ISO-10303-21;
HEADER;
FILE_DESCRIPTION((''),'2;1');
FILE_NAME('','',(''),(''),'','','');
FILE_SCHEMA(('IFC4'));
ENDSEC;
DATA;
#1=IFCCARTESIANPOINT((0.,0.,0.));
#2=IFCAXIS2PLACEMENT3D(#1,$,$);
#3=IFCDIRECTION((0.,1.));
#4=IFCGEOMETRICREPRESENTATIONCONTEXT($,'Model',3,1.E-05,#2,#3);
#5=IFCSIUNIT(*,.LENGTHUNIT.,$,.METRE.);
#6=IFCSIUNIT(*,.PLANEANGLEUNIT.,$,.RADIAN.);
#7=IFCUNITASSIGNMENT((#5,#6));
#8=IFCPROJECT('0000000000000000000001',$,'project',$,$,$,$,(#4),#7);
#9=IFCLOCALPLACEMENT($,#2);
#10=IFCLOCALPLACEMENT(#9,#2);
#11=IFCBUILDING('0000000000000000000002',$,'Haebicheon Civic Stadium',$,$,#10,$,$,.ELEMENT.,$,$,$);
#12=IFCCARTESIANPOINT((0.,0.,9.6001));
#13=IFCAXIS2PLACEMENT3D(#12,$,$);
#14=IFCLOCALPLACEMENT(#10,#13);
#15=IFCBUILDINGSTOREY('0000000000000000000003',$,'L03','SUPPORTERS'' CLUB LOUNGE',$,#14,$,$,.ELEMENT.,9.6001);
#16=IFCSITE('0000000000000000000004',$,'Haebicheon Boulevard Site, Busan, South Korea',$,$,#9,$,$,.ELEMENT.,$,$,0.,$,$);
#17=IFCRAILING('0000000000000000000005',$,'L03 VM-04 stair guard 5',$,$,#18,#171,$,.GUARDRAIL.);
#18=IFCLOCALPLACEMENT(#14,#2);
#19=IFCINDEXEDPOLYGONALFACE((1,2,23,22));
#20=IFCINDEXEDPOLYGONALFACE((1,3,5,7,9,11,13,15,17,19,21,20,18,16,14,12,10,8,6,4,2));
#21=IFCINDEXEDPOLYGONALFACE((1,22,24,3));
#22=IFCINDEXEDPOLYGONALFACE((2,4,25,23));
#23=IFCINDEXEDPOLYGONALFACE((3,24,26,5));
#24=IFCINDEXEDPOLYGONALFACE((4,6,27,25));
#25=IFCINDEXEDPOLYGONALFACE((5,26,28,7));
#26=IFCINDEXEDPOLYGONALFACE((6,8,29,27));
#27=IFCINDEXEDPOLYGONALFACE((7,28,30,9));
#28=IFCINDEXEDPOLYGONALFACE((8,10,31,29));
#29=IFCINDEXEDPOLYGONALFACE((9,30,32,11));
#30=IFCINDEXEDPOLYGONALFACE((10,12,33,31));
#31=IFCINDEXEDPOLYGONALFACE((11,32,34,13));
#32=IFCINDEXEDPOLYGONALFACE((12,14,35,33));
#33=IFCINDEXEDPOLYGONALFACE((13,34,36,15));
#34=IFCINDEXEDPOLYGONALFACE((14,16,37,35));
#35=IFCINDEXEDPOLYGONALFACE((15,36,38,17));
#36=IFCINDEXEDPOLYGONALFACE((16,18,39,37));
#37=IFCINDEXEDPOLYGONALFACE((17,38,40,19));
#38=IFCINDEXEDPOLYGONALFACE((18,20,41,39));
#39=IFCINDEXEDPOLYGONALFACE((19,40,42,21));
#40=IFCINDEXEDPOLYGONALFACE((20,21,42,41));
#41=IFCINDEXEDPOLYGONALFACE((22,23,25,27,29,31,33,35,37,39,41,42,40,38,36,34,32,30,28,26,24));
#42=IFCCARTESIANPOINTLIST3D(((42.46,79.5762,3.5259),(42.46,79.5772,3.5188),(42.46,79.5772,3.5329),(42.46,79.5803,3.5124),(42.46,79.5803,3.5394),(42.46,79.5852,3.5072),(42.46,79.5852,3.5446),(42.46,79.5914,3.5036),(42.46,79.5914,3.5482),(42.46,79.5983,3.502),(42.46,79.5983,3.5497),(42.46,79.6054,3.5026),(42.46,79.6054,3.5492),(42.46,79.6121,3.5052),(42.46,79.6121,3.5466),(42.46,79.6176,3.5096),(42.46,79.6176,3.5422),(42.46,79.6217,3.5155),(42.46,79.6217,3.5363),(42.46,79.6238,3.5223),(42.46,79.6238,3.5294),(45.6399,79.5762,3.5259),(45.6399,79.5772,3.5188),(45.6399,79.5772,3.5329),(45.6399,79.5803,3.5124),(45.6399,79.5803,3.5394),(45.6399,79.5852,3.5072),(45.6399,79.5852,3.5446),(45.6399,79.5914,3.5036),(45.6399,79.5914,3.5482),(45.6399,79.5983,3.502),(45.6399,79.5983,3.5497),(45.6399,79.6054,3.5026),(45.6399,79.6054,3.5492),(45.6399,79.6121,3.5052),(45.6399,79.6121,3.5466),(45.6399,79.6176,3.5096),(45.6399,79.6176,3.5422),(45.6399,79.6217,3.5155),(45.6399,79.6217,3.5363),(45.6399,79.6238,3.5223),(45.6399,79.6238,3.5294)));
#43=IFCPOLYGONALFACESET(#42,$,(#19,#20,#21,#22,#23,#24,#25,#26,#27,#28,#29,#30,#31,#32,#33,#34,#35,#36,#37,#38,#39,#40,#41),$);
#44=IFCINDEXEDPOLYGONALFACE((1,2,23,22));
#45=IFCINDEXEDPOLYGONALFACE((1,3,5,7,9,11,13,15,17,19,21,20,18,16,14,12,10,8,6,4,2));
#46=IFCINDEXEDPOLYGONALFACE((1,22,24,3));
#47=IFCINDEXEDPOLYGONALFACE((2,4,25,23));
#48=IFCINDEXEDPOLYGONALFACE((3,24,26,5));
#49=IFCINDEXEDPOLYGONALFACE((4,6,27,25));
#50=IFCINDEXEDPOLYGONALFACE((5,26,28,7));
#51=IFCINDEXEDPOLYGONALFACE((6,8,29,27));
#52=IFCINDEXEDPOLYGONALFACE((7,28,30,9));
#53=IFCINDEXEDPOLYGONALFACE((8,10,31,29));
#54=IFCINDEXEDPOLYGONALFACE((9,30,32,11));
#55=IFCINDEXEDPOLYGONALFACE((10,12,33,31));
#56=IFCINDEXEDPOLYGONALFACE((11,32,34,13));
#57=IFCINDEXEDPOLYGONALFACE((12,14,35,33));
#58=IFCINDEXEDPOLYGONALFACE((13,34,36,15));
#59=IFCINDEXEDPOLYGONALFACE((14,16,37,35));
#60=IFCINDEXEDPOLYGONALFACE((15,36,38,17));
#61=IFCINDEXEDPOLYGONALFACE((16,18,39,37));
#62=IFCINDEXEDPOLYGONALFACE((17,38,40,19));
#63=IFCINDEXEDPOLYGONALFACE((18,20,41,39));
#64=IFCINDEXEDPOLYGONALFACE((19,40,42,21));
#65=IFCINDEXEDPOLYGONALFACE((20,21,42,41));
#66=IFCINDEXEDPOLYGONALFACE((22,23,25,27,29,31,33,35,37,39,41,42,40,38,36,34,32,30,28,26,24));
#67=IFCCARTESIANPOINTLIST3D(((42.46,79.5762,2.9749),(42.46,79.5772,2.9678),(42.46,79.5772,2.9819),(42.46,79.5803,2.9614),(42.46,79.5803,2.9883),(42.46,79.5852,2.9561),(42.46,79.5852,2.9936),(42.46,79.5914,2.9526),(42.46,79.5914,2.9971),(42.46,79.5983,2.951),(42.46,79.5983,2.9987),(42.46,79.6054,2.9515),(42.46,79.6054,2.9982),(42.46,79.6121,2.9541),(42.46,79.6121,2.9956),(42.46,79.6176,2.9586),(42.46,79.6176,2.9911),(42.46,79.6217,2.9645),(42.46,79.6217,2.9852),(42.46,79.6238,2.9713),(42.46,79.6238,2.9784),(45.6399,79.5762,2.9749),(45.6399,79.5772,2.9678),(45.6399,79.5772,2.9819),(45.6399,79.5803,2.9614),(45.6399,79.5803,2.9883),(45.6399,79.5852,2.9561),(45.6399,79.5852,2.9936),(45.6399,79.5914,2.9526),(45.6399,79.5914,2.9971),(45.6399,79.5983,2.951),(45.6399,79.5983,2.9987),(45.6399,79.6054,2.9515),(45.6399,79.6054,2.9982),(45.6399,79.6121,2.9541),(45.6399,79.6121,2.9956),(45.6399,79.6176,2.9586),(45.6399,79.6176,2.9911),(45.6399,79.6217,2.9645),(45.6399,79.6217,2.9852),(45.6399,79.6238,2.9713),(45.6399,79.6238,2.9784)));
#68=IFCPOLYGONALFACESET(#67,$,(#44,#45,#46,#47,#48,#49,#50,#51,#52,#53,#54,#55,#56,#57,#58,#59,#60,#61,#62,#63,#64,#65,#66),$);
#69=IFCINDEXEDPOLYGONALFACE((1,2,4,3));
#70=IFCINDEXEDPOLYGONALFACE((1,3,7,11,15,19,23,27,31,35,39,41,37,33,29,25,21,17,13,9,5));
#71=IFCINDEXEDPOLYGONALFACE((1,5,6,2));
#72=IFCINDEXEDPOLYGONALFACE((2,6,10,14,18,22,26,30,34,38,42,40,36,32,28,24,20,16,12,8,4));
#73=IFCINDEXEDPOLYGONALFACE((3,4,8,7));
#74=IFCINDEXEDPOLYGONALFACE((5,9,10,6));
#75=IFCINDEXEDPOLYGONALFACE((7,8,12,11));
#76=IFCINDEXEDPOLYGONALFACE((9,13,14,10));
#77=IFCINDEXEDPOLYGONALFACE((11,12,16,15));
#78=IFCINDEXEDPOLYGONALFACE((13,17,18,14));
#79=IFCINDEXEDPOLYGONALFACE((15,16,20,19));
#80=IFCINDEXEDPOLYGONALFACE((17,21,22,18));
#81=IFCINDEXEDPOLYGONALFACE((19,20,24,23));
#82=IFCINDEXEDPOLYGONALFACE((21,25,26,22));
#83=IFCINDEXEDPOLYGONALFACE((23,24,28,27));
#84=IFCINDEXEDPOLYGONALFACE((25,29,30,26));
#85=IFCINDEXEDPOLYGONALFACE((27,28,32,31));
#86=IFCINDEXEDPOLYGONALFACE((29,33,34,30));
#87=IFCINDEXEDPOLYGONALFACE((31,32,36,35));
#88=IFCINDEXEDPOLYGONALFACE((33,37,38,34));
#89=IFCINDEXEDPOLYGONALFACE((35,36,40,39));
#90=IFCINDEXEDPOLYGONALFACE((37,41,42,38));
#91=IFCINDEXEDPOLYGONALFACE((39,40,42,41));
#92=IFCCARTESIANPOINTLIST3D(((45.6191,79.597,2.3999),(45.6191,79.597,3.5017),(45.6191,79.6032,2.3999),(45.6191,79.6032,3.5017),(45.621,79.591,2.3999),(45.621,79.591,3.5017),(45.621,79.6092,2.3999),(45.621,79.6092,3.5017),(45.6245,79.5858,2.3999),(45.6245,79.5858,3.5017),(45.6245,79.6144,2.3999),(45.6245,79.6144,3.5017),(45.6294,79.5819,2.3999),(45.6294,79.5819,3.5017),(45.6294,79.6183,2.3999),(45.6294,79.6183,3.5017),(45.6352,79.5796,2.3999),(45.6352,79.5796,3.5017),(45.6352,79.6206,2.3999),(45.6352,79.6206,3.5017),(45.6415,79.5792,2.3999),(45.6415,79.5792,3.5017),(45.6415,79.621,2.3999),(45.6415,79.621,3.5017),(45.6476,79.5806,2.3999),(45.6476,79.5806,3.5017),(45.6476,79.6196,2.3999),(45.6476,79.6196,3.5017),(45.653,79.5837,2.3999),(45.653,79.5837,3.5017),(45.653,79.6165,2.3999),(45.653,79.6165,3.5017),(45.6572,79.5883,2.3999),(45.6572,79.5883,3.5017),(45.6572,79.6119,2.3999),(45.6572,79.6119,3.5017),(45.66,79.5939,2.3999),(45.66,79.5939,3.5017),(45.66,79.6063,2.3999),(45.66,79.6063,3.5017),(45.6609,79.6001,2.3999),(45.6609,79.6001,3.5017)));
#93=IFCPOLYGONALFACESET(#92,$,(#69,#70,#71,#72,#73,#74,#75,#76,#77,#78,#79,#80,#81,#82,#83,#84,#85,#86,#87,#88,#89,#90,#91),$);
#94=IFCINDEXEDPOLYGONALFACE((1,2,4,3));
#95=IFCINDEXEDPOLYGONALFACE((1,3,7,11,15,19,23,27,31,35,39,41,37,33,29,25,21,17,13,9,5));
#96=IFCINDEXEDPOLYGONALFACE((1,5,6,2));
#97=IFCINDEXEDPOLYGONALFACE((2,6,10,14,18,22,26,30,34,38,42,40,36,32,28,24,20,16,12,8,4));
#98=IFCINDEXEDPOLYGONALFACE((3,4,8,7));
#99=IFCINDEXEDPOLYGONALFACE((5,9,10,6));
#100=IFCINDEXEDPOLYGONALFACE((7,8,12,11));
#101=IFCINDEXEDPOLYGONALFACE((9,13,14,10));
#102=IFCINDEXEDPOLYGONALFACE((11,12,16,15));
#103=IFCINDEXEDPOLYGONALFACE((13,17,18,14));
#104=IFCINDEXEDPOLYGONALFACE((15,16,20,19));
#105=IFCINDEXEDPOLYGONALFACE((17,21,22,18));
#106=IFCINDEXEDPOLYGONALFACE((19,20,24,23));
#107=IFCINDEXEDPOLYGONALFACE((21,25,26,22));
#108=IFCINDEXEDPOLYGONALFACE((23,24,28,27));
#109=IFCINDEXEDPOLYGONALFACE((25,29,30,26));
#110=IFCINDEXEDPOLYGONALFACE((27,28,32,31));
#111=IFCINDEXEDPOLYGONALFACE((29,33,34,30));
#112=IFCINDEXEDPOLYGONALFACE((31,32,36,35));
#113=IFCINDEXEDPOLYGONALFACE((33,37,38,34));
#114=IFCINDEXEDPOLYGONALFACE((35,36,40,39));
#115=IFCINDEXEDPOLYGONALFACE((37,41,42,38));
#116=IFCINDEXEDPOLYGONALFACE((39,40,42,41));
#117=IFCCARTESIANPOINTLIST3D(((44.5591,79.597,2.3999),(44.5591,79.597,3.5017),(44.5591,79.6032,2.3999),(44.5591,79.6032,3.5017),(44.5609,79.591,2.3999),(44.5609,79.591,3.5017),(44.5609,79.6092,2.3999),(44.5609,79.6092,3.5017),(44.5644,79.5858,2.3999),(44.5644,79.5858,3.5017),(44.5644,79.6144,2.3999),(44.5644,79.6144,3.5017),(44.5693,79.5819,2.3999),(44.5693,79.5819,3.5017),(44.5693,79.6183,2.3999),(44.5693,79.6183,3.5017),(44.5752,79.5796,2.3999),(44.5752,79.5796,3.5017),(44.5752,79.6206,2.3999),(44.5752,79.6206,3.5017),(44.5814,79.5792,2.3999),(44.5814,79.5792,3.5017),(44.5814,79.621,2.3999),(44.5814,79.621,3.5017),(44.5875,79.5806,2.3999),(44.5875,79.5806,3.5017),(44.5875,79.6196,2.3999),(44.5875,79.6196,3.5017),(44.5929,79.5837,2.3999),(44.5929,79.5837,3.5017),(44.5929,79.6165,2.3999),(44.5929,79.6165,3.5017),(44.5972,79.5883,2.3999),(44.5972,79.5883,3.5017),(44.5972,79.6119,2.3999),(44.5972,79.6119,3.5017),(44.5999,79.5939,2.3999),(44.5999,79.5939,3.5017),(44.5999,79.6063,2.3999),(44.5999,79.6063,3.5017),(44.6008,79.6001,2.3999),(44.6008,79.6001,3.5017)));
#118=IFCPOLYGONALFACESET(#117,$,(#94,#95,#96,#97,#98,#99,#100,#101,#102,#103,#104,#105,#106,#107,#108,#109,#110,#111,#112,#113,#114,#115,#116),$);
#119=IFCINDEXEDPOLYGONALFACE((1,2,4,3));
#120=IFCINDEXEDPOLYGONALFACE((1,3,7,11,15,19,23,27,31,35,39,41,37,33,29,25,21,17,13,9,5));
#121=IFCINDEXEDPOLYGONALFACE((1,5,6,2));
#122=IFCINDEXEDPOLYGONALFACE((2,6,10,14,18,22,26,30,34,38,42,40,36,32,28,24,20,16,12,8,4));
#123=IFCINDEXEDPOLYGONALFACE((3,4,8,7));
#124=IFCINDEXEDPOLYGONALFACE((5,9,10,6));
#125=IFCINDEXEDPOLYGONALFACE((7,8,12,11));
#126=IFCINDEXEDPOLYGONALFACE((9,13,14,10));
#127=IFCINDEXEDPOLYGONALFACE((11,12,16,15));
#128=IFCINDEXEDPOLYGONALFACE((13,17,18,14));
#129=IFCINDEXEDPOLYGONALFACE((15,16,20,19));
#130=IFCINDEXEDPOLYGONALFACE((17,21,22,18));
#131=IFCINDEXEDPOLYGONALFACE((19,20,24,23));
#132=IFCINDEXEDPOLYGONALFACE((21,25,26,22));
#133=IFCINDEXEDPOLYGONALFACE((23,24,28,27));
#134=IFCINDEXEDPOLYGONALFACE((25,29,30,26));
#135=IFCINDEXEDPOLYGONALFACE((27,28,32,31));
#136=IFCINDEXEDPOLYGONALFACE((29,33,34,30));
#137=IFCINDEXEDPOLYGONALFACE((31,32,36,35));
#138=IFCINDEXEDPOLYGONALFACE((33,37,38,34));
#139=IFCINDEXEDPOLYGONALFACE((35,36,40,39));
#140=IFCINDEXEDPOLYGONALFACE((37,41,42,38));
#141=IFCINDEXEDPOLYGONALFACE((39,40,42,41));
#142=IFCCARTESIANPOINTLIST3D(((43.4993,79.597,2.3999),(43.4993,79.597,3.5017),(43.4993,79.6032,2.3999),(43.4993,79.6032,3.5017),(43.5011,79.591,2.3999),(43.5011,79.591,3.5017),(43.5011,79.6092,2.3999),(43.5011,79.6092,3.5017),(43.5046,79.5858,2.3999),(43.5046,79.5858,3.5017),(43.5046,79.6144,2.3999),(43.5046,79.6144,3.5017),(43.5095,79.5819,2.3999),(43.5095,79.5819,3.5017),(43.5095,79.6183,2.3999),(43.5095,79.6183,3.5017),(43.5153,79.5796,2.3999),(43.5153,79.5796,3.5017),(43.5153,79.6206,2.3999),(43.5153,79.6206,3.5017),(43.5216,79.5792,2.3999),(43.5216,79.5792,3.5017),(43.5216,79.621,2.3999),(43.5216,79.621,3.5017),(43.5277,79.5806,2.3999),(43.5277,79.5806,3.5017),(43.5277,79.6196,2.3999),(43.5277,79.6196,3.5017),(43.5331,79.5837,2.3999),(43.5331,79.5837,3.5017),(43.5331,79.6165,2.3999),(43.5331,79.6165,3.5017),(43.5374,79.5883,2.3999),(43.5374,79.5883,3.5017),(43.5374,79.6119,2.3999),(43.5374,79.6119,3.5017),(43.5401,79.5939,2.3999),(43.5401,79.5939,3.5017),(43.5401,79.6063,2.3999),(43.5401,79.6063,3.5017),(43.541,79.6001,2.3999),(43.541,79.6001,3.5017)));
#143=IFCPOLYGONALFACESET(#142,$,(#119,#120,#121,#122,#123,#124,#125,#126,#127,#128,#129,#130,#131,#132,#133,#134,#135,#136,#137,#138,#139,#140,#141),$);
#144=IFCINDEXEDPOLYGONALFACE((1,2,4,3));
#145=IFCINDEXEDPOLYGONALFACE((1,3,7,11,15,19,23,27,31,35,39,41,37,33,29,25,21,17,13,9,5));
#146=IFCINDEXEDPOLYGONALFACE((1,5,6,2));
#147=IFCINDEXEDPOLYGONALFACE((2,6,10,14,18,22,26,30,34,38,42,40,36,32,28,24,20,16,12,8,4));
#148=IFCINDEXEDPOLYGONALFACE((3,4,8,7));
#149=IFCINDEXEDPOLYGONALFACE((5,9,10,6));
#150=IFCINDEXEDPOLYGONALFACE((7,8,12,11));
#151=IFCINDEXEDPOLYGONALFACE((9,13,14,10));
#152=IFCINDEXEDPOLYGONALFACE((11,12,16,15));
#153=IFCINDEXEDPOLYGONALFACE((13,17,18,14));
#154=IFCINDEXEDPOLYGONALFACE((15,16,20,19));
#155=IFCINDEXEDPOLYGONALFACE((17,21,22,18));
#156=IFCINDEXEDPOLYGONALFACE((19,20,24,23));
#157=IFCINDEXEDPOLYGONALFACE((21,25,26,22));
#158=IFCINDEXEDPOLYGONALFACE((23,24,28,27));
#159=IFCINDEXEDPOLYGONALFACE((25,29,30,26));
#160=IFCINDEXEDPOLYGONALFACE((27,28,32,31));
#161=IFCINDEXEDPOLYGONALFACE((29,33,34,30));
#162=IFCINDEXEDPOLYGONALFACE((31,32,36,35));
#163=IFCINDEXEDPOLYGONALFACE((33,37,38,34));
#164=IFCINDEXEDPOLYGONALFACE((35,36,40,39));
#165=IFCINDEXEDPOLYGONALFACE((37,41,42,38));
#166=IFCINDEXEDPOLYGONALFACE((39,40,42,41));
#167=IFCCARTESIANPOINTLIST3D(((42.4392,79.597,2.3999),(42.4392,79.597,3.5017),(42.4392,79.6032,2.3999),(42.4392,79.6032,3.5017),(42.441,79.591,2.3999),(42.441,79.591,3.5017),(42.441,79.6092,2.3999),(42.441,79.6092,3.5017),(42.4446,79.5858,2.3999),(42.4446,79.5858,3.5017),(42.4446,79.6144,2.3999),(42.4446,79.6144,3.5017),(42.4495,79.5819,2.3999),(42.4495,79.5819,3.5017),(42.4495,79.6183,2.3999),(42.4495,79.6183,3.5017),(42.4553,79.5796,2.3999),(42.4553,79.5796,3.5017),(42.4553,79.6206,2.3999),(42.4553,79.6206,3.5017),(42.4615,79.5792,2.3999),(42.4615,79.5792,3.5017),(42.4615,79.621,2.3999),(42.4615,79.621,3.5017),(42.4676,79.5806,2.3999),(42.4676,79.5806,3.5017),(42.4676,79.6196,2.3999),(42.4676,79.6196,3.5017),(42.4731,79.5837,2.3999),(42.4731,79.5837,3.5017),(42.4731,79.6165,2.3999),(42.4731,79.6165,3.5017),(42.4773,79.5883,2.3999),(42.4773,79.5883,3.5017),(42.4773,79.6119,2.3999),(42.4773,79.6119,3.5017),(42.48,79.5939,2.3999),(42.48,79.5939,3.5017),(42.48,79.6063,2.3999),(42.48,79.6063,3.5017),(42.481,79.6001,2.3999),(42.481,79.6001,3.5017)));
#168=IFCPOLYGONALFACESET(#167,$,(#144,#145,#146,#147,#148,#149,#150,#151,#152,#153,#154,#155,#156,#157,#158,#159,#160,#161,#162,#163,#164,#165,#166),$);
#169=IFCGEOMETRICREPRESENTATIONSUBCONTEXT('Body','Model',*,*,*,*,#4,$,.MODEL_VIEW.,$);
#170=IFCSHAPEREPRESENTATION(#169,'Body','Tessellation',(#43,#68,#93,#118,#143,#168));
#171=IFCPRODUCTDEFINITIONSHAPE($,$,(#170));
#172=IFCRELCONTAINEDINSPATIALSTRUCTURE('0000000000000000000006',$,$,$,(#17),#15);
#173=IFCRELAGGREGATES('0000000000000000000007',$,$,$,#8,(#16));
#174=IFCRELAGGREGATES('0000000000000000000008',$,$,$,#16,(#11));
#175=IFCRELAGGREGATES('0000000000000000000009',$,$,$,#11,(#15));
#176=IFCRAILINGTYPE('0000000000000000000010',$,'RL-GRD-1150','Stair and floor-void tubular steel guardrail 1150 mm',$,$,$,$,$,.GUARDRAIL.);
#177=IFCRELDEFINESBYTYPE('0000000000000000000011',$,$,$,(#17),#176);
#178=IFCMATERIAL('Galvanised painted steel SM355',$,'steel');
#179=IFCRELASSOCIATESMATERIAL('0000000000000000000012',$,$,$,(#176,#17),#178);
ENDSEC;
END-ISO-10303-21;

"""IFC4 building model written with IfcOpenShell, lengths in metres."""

from ifc_helpers import new_model, si_unit, direction, frame, origin, origin_2d, place, context, subcontext, project, spatial, circle, extrude, material, type_object, element, save


model = new_model("IFC4")

# Units and contexts
model_context = context("Model", 3, precision=1e-05, world=origin(), true_north=direction((0.0, 1.0)))
body_context = subcontext(model_context, "Body", "Model", "MODEL_VIEW")
ifc_project = project(units=[si_unit("LENGTHUNIT", "METRE"), si_unit("PLANEANGLEUNIT", "RADIAN")], contexts=[model_context])

# Site, building, storey
site_placement = place(None, origin())
site = spatial("IfcSite", under=ifc_project, at=site_placement, Name="Haebicheon Boulevard Site, Busan, South Korea", CompositionType="ELEMENT", RefElevation=0.0)
building_placement = place(site_placement, origin())
building = spatial("IfcBuilding", under=site, at=building_placement, Name="Haebicheon Civic Stadium", CompositionType="ELEMENT")
storey_placement = place(building_placement, frame((0.0, 0.0, 9.6001)))
storey = spatial("IfcBuildingStorey", under=building, at=storey_placement, Name="L03", Description="SUPPORTERS' CLUB LOUNGE", CompositionType="ELEMENT", Elevation=9.6001)

# Railing
ifc_material_1 = material(Name="Galvanised painted steel SM355", Category="steel")
railing_type_1 = type_object("IfcRailingType", Name="RL-GRD-1150", Description="Stair and floor-void tubular steel guardrail 1150 mm", PredefinedType="GUARDRAIL", material=ifc_material_1)
railing_1_placement = place(storey_placement, frame((45.6399, 79.6001, 2.3999)))
element("IfcRailing", 1, at=railing_1_placement, inside=storey, type_object=railing_type_1, material=ifc_material_1, Name="L03 VM-04 stair guard 5", PredefinedType="GUARDRAIL", context=body_context, shape_type="SweptSolid", body=[
    extrude(circle(Radius=0.0239, at=origin_2d()), frame((0.0, 0.0, 1.126), z_axis=(-1.0, 0.0, 0.0), x_axis=(0.0, -1.0, 0.0)), (0.0, 0.0, 1.0), 3.1799),
    extrude(circle(Radius=0.0239, at=origin_2d()), frame((0.0, 0.0, 0.575), z_axis=(-1.0, 0.0, 0.0), x_axis=(0.0, -1.0, 0.0)), (0.0, 0.0, 1.0), 3.1799),
    extrude(circle(Radius=0.021, at=origin_2d()), origin(), (0.0, 0.0, 1.0), 1.1018),
    extrude(circle(Radius=0.021, at=origin_2d()), frame((-1.0601, 0.0, 0.0)), (0.0, 0.0, 1.0), 1.1018),
    extrude(circle(Radius=0.021, at=origin_2d()), frame((-2.1199, 0.0, 0.0)), (0.0, 0.0, 1.0), 1.1018),
    extrude(circle(Radius=0.021, at=origin_2d()), frame((-3.1799, 0.0, 0.0)), (0.0, 0.0, 1.0), 1.1018),
])

save(model, "model.ifc")
